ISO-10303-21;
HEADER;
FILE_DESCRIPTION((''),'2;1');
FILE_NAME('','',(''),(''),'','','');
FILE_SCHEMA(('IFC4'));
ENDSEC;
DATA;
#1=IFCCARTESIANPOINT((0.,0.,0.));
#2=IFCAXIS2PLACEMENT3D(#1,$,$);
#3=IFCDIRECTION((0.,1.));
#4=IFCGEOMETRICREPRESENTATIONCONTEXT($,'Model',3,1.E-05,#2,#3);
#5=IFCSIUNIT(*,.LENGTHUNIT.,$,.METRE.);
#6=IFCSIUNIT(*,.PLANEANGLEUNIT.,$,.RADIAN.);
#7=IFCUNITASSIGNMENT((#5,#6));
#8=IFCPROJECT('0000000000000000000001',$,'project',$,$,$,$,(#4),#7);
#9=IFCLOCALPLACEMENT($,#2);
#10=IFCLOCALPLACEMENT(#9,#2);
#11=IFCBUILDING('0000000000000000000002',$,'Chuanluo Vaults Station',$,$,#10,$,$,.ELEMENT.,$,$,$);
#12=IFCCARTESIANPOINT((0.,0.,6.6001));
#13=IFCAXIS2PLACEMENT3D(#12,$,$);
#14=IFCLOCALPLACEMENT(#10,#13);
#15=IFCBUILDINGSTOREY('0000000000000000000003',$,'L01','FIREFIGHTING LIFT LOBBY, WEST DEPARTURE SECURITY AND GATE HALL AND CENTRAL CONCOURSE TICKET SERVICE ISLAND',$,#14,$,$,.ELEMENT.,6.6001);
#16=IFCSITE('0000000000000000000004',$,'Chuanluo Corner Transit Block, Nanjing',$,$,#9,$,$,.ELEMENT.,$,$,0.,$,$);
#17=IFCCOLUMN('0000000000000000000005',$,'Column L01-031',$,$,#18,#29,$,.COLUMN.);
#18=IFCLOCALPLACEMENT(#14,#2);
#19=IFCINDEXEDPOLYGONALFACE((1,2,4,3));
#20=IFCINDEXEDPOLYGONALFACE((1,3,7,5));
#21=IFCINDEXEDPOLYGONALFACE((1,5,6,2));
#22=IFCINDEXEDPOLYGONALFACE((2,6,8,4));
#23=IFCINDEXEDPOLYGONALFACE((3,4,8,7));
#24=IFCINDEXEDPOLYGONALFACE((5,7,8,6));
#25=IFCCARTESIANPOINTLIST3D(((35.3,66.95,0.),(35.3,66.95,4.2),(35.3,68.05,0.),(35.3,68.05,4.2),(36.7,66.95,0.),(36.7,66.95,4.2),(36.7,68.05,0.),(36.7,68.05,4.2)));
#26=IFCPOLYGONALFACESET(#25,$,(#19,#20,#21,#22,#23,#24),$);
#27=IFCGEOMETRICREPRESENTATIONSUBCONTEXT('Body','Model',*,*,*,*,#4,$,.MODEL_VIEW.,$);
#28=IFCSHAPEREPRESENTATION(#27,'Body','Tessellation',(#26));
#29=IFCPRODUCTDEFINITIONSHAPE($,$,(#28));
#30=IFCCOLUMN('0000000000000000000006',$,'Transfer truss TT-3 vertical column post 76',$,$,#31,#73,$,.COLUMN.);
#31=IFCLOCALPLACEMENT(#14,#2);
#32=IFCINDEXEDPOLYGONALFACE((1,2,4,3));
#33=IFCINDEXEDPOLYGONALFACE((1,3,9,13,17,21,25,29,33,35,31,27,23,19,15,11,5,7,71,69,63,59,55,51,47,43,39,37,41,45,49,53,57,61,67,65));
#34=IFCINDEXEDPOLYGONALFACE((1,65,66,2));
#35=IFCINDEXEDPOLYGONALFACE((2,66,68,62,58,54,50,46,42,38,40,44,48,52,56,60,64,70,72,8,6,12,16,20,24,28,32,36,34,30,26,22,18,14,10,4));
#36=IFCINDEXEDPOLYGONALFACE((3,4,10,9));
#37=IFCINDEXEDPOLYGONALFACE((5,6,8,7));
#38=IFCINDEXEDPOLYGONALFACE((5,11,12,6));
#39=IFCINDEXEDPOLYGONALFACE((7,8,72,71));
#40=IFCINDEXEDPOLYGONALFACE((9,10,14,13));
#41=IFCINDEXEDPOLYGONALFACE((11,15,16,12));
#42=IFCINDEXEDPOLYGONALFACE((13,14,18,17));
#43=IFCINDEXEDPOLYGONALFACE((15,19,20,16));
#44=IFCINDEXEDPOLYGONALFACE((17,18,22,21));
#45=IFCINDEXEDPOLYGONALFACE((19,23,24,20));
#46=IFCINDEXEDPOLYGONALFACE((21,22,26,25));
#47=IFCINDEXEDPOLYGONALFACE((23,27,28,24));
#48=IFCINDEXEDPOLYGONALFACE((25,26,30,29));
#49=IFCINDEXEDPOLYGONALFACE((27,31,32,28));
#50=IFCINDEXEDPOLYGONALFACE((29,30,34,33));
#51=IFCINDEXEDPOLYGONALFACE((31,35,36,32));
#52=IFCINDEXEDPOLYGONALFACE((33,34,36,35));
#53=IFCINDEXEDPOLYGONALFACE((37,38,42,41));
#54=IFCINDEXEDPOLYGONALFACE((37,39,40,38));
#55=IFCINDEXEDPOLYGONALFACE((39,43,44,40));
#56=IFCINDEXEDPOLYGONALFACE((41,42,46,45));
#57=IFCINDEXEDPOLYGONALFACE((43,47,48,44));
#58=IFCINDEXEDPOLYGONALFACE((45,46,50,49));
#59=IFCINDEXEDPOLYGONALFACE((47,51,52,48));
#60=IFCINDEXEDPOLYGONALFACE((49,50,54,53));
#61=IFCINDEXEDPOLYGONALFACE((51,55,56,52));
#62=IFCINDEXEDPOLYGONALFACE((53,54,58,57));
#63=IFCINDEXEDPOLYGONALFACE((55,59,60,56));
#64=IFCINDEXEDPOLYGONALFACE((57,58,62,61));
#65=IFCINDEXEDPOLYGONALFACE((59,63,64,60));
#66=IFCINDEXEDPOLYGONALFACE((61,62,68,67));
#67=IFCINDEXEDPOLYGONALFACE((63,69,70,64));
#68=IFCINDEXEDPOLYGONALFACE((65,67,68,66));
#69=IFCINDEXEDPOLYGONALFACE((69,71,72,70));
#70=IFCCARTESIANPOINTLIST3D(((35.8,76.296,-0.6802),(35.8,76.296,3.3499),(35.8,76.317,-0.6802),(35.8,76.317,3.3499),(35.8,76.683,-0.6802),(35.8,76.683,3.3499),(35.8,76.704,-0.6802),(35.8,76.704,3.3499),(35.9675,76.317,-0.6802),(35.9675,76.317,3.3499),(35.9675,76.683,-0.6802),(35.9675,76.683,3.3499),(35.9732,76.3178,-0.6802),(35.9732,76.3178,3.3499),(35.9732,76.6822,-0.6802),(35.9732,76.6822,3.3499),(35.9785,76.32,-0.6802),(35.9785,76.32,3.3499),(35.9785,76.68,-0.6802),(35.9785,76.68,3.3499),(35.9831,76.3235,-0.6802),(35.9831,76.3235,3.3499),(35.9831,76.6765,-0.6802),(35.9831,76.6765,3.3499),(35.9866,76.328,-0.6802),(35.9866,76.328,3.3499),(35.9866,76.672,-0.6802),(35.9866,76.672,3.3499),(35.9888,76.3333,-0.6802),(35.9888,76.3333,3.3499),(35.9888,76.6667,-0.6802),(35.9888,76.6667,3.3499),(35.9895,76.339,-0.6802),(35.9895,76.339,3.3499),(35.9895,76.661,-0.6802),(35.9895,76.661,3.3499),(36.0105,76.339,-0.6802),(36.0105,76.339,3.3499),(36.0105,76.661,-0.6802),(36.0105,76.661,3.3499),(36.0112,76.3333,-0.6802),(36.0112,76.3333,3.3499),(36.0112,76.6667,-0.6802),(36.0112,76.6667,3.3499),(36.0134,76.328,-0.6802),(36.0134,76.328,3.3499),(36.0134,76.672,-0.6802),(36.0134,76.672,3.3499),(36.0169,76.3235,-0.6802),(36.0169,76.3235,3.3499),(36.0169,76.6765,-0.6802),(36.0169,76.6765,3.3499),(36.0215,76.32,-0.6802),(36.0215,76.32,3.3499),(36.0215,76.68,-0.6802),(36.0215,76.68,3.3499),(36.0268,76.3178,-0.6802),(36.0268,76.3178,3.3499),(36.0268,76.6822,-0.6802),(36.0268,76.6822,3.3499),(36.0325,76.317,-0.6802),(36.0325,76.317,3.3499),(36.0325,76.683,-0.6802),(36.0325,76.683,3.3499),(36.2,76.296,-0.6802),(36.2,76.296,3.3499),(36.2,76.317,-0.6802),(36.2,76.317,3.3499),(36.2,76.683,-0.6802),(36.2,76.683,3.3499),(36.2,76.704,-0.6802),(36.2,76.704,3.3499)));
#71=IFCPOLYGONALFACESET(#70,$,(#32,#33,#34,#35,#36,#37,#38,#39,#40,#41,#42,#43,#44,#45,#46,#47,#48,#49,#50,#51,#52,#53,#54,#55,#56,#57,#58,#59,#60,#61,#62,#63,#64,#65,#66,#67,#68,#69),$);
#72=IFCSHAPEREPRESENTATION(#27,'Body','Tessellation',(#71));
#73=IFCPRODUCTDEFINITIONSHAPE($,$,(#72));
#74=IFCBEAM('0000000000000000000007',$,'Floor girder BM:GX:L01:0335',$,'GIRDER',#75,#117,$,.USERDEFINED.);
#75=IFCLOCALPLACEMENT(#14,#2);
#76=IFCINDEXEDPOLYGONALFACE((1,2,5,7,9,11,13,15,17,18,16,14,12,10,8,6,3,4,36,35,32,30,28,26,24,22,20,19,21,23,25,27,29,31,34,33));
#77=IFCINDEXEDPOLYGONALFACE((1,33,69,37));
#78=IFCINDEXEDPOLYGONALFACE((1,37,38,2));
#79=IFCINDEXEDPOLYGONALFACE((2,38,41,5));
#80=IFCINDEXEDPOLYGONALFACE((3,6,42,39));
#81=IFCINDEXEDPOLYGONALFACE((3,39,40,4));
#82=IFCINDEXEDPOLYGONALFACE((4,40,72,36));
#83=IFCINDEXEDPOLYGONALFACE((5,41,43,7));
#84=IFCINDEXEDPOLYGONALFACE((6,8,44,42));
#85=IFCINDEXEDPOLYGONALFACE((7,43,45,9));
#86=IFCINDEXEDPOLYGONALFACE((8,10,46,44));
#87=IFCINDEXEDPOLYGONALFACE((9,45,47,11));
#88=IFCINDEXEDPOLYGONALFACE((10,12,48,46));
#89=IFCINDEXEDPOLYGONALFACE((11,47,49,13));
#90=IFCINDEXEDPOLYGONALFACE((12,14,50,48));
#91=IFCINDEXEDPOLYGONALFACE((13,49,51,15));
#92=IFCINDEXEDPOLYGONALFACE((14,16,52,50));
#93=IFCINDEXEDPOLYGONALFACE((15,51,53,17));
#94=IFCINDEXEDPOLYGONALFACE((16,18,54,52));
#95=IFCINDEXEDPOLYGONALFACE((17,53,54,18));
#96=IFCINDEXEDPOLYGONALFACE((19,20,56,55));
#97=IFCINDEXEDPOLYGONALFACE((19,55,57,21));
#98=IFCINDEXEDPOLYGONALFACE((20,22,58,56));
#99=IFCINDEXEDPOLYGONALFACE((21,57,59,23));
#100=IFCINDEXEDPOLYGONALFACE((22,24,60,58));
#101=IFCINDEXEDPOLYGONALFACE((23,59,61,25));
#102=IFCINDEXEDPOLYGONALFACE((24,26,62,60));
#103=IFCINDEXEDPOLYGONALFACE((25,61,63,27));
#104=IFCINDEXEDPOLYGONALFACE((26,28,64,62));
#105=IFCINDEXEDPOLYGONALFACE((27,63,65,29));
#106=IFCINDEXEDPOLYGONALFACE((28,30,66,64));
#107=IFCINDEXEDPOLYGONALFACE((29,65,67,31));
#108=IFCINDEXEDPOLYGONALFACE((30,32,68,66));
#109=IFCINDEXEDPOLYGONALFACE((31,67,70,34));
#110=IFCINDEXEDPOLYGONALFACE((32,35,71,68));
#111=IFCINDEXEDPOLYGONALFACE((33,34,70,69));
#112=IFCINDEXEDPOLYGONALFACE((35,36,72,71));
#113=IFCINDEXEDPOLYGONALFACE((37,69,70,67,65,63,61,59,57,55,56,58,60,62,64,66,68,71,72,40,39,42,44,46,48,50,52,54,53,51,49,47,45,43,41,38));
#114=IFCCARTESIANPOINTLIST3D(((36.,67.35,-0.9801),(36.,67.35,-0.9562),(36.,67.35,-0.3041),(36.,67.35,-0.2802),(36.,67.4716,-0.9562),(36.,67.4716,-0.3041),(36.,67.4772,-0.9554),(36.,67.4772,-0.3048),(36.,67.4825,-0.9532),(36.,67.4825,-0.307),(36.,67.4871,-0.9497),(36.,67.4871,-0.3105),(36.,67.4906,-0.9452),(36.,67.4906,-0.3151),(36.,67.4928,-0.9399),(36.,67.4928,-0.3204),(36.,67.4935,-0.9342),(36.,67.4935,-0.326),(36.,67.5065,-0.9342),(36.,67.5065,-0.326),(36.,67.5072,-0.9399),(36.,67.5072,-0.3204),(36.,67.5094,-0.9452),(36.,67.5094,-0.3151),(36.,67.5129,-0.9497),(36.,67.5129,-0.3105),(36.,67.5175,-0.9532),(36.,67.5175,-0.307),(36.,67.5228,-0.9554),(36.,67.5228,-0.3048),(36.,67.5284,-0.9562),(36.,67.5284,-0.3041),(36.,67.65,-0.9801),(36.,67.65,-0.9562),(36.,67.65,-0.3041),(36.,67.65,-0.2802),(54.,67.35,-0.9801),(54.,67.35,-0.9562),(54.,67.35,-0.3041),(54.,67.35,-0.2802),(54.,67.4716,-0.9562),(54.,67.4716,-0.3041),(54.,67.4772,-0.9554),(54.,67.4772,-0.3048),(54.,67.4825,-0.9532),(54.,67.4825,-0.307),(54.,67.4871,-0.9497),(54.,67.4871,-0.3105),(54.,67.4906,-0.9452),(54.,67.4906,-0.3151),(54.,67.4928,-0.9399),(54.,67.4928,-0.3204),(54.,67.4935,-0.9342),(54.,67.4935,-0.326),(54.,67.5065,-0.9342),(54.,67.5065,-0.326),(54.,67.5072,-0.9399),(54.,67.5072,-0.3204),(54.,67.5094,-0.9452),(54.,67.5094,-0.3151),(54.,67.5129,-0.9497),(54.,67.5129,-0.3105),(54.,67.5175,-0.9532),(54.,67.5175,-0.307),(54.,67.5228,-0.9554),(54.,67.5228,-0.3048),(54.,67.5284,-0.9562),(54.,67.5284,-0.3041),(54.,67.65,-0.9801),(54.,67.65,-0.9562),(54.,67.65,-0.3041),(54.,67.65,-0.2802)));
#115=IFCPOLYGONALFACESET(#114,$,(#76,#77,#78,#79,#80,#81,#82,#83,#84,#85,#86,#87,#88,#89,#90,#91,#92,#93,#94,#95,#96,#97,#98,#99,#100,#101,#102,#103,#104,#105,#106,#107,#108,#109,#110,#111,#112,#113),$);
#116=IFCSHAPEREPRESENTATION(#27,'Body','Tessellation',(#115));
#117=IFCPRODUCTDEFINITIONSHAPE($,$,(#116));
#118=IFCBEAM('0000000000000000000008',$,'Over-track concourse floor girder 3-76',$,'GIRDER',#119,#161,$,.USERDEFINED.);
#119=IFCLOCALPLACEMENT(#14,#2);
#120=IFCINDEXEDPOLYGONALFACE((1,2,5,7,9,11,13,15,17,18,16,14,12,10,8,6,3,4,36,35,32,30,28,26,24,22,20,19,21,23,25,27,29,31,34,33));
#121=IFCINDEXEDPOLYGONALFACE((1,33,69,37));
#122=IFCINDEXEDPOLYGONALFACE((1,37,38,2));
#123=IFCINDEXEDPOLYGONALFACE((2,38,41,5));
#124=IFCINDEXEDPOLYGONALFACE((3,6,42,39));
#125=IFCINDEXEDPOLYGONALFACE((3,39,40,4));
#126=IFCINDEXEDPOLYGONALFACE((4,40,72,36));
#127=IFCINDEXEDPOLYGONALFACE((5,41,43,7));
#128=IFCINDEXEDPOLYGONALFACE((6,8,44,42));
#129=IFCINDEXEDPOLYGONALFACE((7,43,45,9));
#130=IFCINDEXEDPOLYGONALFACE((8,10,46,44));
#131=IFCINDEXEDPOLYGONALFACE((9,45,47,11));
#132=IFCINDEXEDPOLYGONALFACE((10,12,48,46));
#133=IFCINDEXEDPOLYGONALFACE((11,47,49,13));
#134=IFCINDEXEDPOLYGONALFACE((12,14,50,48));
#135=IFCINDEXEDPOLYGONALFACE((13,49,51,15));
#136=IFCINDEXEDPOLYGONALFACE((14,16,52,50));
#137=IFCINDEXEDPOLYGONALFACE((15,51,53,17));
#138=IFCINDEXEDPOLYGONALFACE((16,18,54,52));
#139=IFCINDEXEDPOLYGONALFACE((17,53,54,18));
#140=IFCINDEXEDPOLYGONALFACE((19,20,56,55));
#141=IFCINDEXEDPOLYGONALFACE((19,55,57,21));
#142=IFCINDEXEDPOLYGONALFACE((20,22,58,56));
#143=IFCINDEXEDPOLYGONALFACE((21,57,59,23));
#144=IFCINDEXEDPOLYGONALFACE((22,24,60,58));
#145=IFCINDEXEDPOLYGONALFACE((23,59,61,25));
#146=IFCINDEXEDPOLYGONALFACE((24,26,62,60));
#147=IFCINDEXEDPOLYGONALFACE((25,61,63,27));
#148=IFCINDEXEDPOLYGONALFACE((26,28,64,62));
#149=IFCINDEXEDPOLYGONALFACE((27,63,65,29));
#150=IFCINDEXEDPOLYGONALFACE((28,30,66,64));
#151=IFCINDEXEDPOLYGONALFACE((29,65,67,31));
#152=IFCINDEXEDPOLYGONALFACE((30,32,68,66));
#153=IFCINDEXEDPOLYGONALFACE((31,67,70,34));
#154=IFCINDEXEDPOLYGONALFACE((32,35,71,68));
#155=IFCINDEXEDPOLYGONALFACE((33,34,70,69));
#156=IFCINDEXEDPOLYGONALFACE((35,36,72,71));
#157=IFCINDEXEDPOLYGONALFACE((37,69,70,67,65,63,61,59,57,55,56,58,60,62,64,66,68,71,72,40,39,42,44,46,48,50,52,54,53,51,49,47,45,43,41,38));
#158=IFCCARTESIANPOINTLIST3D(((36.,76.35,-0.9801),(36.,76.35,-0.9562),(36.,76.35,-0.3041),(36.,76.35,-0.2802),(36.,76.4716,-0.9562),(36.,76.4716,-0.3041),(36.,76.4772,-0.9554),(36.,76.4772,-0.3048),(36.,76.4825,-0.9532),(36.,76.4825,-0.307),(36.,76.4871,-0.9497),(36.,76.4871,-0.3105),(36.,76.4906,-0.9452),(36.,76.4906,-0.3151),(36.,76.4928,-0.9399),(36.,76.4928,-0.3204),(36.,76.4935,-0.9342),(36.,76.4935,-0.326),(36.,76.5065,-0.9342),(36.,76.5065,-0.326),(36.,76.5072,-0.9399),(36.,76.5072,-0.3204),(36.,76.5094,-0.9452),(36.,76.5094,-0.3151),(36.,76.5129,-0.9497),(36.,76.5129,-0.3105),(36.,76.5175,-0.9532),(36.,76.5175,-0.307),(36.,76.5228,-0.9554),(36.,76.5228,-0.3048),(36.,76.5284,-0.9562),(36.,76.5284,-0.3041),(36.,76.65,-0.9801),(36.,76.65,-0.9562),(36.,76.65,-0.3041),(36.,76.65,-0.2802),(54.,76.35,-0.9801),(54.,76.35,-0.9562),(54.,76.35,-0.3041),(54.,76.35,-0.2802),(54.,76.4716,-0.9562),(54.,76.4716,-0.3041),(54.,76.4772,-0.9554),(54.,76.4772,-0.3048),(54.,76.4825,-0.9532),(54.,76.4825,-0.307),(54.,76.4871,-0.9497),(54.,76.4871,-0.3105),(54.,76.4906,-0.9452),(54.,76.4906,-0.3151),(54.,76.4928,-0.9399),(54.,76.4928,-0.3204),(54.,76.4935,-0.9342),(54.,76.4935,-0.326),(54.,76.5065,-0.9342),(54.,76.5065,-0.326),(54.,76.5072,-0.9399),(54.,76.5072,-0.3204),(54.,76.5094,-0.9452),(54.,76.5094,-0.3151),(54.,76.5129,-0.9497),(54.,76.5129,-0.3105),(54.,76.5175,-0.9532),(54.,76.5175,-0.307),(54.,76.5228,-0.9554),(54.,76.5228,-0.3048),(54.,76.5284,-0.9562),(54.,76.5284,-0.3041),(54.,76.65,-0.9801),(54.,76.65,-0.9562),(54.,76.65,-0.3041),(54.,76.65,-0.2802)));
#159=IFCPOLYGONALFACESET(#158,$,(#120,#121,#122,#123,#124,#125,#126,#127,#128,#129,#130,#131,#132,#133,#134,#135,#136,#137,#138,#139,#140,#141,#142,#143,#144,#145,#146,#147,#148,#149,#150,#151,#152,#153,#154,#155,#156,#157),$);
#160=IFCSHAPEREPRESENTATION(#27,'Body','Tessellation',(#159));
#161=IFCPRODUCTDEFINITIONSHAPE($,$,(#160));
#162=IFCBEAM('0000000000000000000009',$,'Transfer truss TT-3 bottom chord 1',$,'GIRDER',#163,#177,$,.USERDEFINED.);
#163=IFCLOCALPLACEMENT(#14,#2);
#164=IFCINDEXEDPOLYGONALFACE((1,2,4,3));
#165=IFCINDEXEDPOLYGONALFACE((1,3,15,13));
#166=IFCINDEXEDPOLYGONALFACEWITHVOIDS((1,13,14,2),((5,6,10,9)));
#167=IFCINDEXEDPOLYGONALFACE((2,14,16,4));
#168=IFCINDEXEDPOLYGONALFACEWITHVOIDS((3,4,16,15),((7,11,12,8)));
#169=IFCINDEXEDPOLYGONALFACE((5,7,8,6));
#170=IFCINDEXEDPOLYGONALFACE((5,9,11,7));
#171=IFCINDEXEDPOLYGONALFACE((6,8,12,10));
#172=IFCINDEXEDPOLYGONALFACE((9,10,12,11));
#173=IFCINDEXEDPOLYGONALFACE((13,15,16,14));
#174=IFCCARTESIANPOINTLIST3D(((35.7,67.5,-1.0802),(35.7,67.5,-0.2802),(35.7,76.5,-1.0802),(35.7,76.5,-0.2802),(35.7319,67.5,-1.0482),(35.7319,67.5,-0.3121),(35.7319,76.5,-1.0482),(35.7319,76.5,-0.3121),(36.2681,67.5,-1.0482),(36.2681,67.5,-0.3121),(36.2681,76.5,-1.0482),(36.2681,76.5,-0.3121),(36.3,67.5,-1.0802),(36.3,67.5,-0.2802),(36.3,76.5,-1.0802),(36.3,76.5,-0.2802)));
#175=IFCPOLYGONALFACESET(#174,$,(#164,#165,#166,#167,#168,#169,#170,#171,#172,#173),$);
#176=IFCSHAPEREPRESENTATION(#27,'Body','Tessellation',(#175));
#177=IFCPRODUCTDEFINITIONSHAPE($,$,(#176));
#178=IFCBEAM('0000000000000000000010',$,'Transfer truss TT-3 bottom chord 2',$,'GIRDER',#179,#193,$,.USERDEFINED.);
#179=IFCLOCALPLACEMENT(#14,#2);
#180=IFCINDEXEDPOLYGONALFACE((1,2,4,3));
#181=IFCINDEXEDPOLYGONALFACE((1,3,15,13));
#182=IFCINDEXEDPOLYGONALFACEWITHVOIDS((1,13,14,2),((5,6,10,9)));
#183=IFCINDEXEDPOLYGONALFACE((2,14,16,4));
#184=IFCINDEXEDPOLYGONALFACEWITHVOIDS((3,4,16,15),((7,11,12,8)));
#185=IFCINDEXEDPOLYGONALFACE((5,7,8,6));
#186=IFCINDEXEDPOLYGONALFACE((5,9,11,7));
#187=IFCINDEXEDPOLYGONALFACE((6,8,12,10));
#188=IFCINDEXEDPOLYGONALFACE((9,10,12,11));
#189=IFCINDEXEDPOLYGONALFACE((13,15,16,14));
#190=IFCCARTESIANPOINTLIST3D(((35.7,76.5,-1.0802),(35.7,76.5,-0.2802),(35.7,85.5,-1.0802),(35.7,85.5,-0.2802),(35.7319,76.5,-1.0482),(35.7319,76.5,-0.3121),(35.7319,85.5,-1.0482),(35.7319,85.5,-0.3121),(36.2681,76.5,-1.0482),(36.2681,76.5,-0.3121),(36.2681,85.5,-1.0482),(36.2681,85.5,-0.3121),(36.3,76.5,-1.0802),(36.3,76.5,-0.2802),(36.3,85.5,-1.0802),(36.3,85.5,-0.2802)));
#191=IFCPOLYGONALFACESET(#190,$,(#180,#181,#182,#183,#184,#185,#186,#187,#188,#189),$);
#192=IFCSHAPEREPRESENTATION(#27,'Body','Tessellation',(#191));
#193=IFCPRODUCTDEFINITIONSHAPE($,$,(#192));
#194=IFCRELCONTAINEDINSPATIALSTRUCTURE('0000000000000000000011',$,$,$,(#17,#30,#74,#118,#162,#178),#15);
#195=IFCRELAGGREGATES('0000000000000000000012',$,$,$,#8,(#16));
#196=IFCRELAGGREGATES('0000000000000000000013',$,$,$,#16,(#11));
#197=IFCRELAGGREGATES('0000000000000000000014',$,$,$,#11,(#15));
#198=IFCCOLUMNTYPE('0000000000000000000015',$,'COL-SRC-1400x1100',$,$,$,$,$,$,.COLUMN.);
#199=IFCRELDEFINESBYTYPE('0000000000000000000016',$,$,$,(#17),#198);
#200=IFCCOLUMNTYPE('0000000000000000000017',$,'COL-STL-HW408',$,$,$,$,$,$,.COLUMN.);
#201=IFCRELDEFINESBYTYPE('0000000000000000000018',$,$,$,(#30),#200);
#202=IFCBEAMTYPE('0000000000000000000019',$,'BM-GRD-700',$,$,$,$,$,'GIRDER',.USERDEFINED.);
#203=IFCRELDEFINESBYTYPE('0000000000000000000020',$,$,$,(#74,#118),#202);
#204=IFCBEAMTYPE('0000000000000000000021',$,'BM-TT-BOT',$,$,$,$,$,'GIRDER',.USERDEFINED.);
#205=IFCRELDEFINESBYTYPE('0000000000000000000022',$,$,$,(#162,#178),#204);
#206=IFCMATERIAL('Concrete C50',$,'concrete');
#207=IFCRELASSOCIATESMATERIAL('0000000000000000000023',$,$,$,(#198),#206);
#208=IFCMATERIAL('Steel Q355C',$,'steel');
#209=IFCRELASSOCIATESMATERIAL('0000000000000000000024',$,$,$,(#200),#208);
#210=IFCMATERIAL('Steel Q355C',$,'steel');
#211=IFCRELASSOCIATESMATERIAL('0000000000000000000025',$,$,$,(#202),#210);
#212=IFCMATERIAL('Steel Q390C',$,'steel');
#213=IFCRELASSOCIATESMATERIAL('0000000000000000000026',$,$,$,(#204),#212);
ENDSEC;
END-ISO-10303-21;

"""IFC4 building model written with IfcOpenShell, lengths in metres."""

from ifc_helpers import new_model, si_unit, direction, frame, origin, origin_2d, place, context, subcontext, project, spatial, rectangle, hollow_rectangle, i_section, extrude, material, material_profile, profile_set, type_object, element, save


model = new_model("IFC4")

# Units and contexts
model_context = context("Model", 3, precision=1e-05, world=origin(), true_north=direction((0.0, 1.0)))
body_context = subcontext(model_context, "Body", "Model", "MODEL_VIEW")
ifc_project = project(units=[si_unit("LENGTHUNIT", "METRE"), si_unit("PLANEANGLEUNIT", "RADIAN")], contexts=[model_context])

# Site, building, storey
site_placement = place(None, origin())
site = spatial("IfcSite", under=ifc_project, at=site_placement, Name="Chuanluo Corner Transit Block, Nanjing", CompositionType="ELEMENT", RefElevation=0.0)
building_placement = place(site_placement, origin())
building = spatial("IfcBuilding", under=site, at=building_placement, Name="Chuanluo Vaults Station", CompositionType="ELEMENT")
storey_placement = place(building_placement, frame((0.0, 0.0, 6.6001)))
storey = spatial("IfcBuildingStorey", under=building, at=storey_placement, Name="L01", Description="FIREFIGHTING LIFT LOBBY, WEST DEPARTURE SECURITY AND GATE HALL AND CENTRAL CONCOURSE TICKET SERVICE ISLAND", CompositionType="ELEMENT", Elevation=6.6001)

# Columns
ifc_material_1 = material(Name="Concrete C50", Category="concrete")
ifc_material_profile_1 = material_profile(ifc_material_1, rectangle(XDim=1.3999, YDim=1.1001, at=origin_2d()))
ifc_profile_set_1 = profile_set([ifc_material_profile_1], Name="Concrete C50")
column_type_1 = type_object("IfcColumnType", Name="COL-SRC-1400x1100", PredefinedType="COLUMN", material=ifc_profile_set_1)
column_1_placement = place(storey_placement, frame((36.0, 67.5, 0.0), z_axis=(0.0, 0.0, 1.0), x_axis=(1.0, 0.0, 0.0)))
element("IfcColumn", 1, at=column_1_placement, inside=storey, type_object=column_type_1, Name="Column L01-031", PredefinedType="COLUMN", context=body_context, shape_type="SweptSolid", body=[
    extrude(rectangle(XDim=1.3999, YDim=1.1001, at=origin_2d()), origin(), (0.0, 0.0, 1.0), 4.2),
])
ifc_material_2 = material(Name="Steel Q355C", Category="steel")
ifc_material_profile_2 = material_profile(ifc_material_2, i_section(OverallWidth=0.3999, OverallDepth=0.408, WebThickness=0.021, FlangeThickness=0.021, FilletRadius=0.022, at=origin_2d()))
ifc_profile_set_2 = profile_set([ifc_material_profile_2], Name="Steel Q355C")
column_type_2 = type_object("IfcColumnType", Name="COL-STL-HW408", PredefinedType="COLUMN", material=ifc_profile_set_2)
column_2_placement = place(storey_placement, frame((36.0, 76.5, -0.6802), z_axis=(0.0, 0.0, 1.0), x_axis=(1.0, 0.0, 0.0)))
element("IfcColumn", 2, at=column_2_placement, inside=storey, type_object=column_type_2, Name="Transfer truss TT-3 vertical column post 76", PredefinedType="COLUMN", context=body_context, shape_type="SweptSolid", body=[
    extrude(i_section(OverallWidth=0.3999, OverallDepth=0.408, WebThickness=0.021, FlangeThickness=0.021, FilletRadius=0.022, at=origin_2d()), origin(), (0.0, 0.0, 1.0), 4.03),
])

# Beams
ifc_material_3 = material(Name="Steel Q355C", Category="steel")
ifc_material_profile_3 = material_profile(ifc_material_3, i_section(OverallWidth=0.3, OverallDepth=0.7, WebThickness=0.0129, FlangeThickness=0.0239, FilletRadius=0.022, at=origin_2d()))
ifc_profile_set_3 = profile_set([ifc_material_profile_3], Name="Steel Q355C")
beam_type_1 = type_object("IfcBeamType", Name="BM-GRD-700", ElementType="GIRDER", PredefinedType="USERDEFINED", material=ifc_profile_set_3)
for number, where, z_axis, x_axis, name in (
    (3, (36.0, 67.5, -0.6301), (1.0, 0.0, 0.0), (0.0, 1.0, 0.0), "Floor girder BM:GX:L01:0335"),
    (4, (36.0, 76.5, -0.6301), (1.0, 0.0, 0.0), (0.0, 1.0, 0.0), "Over-track concourse floor girder 3-76"),
):
    element("IfcBeam", number, at=place(storey_placement, frame(where, z_axis=z_axis, x_axis=x_axis)), inside=storey, type_object=beam_type_1, Name=name, ObjectType="GIRDER", PredefinedType="USERDEFINED", context=body_context, shape_type="SweptSolid", body=[
        extrude(i_section(OverallWidth=0.3, OverallDepth=0.7, WebThickness=0.0129, FlangeThickness=0.0239, FilletRadius=0.022, at=origin_2d()), origin(), (0.0, 0.0, 1.0), 18.0),
    ])
ifc_material_4 = material(Name="Steel Q390C", Category="steel")
ifc_material_profile_4 = material_profile(ifc_material_4, hollow_rectangle(XDim=0.6001, YDim=0.8, WallThickness=0.032, at=origin_2d()))
ifc_profile_set_4 = profile_set([ifc_material_profile_4], Name="Steel Q390C")
beam_type_2 = type_object("IfcBeamType", Name="BM-TT-BOT", ElementType="GIRDER", PredefinedType="USERDEFINED", material=ifc_profile_set_4)
for number, where, z_axis, x_axis, name in (
    (5, (36.0, 67.5, -0.6802), (0.0, 1.0, 0.0), (-1.0, 0.0, 0.0), "Transfer truss TT-3 bottom chord 1"),
    (6, (36.0, 76.5, -0.6802), (0.0, 1.0, 0.0), (-1.0, 0.0, 0.0), "Transfer truss TT-3 bottom chord 2"),
):
    element("IfcBeam", number, at=place(storey_placement, frame(where, z_axis=z_axis, x_axis=x_axis)), inside=storey, type_object=beam_type_2, Name=name, ObjectType="GIRDER", PredefinedType="USERDEFINED", context=body_context, shape_type="SweptSolid", body=[
        extrude(hollow_rectangle(XDim=0.6001, YDim=0.8, WallThickness=0.032, at=origin_2d()), origin(), (0.0, 0.0, 1.0), 9.0),
    ])

save(model, "model.ifc")
